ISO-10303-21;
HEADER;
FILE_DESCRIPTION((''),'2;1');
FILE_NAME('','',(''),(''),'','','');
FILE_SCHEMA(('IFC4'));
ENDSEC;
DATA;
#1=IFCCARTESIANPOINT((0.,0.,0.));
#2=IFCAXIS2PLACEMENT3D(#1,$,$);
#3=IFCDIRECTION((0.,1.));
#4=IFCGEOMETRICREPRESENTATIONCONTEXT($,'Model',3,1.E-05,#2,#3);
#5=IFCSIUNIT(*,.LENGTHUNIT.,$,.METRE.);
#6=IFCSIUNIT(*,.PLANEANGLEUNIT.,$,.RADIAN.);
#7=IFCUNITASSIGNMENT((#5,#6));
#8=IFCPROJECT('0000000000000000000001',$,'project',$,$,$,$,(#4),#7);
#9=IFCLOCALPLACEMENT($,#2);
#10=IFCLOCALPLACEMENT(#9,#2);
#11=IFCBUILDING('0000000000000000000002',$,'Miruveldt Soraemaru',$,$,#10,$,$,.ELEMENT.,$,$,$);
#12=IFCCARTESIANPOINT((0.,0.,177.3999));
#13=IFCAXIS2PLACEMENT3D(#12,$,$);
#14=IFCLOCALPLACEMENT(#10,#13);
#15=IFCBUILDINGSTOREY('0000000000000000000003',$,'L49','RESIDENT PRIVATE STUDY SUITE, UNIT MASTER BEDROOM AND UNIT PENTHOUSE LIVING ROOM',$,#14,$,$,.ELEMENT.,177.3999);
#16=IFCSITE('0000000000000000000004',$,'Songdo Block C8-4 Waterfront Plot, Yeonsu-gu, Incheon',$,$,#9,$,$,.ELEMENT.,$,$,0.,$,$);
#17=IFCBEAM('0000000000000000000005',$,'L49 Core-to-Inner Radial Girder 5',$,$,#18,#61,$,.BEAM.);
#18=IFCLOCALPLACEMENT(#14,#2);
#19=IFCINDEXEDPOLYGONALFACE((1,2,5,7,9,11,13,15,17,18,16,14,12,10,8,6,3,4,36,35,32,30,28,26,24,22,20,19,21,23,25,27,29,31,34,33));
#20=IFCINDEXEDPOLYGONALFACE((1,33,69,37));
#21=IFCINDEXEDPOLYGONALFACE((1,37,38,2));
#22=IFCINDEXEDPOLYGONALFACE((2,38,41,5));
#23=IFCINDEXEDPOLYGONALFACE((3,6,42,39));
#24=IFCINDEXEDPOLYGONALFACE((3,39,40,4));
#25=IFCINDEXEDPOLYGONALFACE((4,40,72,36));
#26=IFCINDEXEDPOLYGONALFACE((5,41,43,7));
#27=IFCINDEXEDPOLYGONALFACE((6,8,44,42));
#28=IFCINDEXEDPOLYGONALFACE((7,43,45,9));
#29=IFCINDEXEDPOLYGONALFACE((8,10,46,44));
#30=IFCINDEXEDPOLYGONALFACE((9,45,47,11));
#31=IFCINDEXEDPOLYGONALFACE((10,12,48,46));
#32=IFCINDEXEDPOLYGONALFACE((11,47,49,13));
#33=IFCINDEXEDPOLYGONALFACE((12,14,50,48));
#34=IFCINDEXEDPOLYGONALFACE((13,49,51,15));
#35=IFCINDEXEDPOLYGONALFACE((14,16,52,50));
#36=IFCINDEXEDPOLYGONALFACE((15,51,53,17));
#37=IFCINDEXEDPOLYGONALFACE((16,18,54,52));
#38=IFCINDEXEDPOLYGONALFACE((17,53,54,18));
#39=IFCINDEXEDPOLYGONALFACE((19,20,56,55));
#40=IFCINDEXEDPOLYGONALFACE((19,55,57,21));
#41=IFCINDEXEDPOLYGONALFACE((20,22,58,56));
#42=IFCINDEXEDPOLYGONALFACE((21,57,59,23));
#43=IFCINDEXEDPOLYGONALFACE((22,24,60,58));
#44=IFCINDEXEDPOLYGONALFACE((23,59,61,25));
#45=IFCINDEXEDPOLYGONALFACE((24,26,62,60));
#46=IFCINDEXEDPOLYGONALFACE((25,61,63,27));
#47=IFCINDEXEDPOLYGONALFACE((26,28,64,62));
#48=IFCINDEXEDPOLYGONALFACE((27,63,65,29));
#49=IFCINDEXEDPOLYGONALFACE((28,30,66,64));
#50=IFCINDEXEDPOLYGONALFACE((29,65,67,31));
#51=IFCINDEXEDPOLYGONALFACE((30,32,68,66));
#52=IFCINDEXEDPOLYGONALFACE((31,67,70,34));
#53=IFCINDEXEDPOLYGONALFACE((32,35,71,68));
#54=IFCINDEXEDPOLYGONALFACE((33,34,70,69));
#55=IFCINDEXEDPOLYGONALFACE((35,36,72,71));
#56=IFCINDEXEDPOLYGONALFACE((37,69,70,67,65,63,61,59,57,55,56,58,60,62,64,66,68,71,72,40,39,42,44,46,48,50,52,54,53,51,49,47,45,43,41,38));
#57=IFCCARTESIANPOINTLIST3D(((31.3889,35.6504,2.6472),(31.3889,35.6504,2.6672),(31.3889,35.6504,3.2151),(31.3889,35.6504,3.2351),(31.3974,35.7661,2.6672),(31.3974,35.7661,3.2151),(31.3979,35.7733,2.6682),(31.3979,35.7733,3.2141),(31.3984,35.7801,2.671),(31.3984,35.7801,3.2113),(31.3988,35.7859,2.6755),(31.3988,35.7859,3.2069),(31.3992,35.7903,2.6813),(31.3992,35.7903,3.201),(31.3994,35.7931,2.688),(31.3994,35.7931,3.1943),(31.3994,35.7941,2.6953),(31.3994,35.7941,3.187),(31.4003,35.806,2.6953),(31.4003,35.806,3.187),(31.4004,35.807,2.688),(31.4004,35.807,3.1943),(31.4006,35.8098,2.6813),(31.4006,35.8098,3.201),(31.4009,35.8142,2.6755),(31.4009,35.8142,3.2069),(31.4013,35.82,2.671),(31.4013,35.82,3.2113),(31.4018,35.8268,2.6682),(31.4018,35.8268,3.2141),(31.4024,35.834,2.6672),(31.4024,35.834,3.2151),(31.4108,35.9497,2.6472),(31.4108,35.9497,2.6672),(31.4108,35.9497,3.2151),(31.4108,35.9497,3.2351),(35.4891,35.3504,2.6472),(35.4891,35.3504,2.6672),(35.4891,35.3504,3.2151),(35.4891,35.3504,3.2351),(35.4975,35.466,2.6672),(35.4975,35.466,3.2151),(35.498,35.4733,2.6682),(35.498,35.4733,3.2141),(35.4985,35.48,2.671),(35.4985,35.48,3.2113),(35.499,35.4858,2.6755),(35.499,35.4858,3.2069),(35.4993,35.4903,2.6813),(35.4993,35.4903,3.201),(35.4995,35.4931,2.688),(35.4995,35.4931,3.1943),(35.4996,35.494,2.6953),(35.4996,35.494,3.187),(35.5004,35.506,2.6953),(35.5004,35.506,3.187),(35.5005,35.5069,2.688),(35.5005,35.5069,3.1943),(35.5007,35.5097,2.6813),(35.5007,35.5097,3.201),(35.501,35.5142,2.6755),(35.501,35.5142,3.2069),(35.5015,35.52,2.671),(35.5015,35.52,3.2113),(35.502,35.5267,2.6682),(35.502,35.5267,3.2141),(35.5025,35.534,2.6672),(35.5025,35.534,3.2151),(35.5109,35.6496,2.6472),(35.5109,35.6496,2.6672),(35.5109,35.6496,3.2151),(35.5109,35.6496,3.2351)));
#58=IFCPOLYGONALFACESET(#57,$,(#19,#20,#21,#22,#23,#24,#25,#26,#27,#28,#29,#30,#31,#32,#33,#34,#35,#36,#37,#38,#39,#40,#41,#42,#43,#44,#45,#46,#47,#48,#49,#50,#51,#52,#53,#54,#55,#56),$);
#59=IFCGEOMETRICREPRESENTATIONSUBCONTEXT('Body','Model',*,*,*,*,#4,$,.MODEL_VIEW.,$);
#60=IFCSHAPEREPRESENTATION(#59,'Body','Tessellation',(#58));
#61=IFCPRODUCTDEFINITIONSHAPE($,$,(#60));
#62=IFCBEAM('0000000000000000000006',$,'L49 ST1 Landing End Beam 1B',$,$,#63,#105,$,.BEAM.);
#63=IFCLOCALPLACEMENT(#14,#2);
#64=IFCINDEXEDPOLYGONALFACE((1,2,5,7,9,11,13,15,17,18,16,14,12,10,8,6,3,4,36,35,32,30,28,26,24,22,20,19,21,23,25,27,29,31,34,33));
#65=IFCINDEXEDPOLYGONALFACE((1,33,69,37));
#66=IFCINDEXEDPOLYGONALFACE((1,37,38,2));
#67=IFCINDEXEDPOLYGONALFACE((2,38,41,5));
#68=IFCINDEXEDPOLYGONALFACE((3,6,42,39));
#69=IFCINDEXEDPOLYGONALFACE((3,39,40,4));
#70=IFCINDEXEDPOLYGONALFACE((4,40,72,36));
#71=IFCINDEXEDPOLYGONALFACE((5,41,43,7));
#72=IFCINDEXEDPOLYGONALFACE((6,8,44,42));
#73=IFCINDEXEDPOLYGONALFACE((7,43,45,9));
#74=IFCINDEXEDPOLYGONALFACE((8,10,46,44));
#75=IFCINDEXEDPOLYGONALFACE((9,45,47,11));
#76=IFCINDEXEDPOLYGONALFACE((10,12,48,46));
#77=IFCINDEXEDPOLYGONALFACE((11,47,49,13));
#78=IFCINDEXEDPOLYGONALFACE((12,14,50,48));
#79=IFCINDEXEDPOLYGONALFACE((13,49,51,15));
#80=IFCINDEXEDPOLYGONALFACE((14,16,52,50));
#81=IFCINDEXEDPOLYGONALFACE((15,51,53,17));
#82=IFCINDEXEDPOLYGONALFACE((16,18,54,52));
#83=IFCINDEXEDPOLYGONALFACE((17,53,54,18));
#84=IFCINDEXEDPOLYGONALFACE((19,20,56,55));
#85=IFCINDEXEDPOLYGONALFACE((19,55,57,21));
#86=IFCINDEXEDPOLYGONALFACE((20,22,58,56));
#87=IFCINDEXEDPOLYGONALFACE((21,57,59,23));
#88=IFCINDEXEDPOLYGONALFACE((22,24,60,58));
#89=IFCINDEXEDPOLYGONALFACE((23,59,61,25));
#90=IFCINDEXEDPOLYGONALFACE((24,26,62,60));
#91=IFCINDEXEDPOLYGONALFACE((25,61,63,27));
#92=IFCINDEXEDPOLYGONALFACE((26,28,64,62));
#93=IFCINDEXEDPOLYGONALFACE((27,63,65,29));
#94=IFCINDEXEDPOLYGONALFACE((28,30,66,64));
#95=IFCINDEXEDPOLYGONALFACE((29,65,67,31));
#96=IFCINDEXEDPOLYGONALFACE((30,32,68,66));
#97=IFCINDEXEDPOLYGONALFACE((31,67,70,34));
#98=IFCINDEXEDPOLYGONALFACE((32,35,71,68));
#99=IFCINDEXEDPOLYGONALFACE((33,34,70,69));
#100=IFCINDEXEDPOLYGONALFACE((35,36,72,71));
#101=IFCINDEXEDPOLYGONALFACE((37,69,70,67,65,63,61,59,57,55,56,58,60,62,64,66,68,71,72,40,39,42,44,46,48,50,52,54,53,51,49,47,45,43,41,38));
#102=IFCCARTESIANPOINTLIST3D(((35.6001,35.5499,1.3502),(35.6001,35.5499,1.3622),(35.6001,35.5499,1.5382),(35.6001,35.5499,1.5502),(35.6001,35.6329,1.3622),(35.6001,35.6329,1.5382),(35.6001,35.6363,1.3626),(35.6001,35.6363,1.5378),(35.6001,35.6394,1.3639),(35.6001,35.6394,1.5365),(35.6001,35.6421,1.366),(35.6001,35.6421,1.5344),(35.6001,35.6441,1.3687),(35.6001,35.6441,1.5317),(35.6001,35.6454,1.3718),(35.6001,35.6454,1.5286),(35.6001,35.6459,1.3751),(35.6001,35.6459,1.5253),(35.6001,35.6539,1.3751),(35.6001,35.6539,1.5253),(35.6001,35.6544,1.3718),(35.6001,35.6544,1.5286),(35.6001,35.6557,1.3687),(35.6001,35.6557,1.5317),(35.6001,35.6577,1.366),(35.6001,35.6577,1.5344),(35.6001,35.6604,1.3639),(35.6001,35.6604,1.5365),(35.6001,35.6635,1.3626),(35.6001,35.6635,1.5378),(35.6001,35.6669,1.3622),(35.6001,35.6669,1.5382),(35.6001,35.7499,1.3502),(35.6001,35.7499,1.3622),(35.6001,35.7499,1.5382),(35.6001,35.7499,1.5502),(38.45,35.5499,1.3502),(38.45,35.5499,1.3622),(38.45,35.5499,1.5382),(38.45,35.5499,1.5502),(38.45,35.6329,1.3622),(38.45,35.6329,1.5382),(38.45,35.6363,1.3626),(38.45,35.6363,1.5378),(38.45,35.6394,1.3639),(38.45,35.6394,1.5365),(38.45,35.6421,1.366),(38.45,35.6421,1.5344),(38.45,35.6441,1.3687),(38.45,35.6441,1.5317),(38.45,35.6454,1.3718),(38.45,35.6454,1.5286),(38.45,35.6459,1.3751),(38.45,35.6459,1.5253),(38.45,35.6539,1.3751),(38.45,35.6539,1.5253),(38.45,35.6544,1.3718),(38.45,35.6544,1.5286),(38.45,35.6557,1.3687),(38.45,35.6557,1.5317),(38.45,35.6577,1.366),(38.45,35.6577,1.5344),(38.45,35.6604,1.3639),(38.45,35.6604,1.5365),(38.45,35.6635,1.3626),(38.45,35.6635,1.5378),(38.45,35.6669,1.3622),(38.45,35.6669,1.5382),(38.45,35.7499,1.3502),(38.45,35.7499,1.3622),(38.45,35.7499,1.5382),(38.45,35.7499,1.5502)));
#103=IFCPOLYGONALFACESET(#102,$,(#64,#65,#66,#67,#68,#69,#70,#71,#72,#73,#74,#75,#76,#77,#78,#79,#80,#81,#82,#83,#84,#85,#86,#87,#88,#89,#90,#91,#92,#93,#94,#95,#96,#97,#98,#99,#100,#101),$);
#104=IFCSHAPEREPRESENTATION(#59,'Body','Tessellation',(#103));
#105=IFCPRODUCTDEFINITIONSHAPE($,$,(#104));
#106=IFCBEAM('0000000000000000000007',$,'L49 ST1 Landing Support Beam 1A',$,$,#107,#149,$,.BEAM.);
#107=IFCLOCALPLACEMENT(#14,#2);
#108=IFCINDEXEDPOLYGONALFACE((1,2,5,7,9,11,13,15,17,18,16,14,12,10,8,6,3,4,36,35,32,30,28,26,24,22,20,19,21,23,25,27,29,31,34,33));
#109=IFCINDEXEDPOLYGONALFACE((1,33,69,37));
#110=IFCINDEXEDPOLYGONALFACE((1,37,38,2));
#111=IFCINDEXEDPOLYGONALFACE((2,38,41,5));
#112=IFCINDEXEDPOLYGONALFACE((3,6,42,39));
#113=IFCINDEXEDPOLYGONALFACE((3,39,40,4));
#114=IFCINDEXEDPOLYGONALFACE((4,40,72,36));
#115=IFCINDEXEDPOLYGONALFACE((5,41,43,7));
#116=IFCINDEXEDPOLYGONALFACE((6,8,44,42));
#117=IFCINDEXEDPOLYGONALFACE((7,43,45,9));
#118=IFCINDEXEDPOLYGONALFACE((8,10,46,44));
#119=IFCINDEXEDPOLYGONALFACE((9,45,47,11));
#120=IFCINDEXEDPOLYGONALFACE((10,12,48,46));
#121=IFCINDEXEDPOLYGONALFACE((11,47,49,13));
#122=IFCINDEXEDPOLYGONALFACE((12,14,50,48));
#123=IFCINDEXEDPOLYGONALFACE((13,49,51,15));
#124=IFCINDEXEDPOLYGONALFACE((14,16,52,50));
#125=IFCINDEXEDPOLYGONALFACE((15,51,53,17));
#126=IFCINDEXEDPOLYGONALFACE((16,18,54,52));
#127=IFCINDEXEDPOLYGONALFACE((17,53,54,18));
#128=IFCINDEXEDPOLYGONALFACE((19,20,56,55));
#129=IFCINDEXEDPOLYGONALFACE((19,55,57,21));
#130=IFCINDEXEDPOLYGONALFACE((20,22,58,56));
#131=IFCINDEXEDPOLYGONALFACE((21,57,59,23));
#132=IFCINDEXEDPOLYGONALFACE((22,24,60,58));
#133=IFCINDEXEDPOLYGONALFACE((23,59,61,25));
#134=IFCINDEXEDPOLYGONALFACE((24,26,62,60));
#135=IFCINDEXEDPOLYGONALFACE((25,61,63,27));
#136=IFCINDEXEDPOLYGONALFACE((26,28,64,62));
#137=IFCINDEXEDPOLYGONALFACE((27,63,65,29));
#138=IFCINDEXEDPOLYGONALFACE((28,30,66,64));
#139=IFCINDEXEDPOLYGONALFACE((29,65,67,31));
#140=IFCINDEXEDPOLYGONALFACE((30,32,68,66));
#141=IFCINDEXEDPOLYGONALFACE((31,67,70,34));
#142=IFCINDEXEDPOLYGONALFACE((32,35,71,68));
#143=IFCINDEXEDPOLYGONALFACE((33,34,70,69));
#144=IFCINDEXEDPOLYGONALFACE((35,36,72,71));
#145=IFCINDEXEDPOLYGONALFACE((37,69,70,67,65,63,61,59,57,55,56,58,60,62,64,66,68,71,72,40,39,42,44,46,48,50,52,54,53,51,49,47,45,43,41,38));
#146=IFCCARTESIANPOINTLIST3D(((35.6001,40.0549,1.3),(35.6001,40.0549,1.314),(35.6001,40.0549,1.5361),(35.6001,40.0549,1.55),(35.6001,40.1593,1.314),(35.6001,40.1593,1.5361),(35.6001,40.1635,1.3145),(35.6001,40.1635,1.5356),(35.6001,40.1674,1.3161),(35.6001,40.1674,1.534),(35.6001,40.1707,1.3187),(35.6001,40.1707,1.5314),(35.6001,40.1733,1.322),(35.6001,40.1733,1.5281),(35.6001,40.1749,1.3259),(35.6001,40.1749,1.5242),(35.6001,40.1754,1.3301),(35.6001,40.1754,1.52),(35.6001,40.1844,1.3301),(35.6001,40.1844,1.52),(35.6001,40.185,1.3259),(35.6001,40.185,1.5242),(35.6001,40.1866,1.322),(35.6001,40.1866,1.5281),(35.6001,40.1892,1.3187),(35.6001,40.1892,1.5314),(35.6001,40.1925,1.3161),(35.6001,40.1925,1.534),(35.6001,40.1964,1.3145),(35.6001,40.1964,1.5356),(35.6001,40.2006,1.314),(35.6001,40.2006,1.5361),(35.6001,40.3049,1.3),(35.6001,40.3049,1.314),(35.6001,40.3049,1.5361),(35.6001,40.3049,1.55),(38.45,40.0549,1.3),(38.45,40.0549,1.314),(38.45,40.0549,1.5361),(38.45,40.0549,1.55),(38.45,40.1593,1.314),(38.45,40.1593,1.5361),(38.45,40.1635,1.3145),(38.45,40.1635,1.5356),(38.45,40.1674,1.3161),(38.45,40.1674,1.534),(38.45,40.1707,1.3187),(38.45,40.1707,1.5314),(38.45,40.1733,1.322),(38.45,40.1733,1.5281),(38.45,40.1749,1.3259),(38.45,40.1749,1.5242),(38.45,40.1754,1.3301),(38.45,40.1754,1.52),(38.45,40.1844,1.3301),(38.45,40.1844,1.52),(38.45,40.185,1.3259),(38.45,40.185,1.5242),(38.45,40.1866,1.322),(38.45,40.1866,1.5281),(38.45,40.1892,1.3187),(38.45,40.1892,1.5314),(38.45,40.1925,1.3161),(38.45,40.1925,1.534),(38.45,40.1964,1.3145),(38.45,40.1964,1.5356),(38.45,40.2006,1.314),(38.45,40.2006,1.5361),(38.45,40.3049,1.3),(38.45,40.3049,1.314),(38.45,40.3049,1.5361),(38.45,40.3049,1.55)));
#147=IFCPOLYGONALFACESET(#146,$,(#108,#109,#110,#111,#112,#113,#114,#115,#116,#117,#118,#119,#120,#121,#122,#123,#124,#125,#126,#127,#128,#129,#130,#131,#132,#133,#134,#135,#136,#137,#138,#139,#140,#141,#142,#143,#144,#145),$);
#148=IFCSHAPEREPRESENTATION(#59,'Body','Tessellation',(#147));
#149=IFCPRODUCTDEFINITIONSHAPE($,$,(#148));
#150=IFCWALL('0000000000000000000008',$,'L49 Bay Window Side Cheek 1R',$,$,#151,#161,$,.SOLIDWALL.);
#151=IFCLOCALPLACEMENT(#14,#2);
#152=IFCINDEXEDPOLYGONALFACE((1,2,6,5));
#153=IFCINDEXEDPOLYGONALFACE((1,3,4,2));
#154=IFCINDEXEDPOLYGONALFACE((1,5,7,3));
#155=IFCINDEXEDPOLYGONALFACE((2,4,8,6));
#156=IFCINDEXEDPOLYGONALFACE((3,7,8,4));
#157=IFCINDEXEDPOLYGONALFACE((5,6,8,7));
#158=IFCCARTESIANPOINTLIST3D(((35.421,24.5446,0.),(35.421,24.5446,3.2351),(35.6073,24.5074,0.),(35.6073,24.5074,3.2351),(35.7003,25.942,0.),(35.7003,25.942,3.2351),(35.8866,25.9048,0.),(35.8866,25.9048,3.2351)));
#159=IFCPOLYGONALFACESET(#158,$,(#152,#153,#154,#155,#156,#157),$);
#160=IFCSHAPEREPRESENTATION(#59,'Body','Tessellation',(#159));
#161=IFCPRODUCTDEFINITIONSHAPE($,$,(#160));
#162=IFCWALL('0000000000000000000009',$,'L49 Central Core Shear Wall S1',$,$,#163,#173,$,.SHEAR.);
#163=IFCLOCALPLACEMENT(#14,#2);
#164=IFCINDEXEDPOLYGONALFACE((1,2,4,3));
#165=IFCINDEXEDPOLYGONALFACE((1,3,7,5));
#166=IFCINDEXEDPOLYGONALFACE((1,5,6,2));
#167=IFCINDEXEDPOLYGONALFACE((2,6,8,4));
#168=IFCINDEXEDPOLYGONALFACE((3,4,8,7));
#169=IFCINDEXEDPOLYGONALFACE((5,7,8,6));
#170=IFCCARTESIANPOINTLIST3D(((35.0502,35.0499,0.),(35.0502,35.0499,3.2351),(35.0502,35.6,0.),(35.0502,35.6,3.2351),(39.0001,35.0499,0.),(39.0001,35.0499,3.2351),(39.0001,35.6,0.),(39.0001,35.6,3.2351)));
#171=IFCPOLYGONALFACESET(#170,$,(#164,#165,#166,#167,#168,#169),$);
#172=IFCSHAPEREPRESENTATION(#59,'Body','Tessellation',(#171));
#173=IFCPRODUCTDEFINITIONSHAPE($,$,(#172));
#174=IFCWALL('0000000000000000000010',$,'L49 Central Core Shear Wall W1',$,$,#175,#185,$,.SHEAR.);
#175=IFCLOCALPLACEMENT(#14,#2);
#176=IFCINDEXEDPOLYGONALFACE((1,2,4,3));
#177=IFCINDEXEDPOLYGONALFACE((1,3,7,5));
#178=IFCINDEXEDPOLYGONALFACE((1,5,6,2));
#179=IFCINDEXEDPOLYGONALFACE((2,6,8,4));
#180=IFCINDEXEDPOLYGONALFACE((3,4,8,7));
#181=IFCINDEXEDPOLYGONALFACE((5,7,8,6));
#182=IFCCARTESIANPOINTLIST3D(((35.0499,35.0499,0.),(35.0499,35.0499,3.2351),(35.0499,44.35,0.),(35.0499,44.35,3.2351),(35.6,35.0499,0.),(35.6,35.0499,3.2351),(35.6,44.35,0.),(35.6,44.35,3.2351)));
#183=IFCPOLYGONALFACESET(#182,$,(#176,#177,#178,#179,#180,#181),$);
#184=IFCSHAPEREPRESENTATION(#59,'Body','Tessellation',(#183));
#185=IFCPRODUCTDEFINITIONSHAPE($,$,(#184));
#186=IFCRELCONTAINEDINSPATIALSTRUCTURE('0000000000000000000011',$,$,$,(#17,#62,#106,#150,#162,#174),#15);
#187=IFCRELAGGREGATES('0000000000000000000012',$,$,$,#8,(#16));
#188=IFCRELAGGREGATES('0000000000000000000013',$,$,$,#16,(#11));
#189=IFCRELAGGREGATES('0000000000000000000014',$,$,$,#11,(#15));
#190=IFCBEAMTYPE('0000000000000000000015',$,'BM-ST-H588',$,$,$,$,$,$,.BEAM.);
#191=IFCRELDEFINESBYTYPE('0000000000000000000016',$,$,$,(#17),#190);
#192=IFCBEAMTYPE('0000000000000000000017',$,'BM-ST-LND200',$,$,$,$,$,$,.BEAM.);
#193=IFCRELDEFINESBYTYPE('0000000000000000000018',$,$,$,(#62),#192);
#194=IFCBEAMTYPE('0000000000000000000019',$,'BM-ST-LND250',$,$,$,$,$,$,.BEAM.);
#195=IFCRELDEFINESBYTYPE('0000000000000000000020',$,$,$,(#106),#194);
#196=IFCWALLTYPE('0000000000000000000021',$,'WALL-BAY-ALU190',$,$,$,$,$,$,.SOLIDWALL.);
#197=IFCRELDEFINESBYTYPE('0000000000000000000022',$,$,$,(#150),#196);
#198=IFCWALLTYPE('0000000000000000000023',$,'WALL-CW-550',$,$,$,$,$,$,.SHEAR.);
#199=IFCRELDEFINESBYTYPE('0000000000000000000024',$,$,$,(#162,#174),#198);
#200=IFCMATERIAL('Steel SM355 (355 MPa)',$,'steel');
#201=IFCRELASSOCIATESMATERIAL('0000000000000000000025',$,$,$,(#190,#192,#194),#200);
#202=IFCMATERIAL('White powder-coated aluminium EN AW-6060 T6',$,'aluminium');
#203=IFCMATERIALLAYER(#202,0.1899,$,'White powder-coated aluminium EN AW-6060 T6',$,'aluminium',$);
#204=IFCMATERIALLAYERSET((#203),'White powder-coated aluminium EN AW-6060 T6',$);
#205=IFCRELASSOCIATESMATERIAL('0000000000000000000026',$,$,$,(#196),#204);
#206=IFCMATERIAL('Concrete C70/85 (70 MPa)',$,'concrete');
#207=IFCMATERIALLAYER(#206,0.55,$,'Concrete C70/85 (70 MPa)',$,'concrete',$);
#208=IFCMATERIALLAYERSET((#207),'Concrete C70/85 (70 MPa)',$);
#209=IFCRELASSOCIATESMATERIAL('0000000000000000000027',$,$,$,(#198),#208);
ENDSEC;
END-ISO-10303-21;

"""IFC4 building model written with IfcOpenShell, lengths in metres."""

from ifc_helpers import new_model, si_unit, direction, frame, frame_2d, origin, origin_2d, place, context, subcontext, project, spatial, rectangle, i_section, extrude, material, layer, layer_set, material_profile, profile_set, type_object, element, save


model = new_model("IFC4")

# Units and contexts
model_context = context("Model", 3, precision=1e-05, world=origin(), true_north=direction((0.0, 1.0)))
body_context = subcontext(model_context, "Body", "Model", "MODEL_VIEW")
ifc_project = project(units=[si_unit("LENGTHUNIT", "METRE"), si_unit("PLANEANGLEUNIT", "RADIAN")], contexts=[model_context])

# Site, building, storey
site_placement = place(None, origin())
site = spatial("IfcSite", under=ifc_project, at=site_placement, Name="Songdo Block C8-4 Waterfront Plot, Yeonsu-gu, Incheon", CompositionType="ELEMENT", RefElevation=0.0)
building_placement = place(site_placement, origin())
building = spatial("IfcBuilding", under=site, at=building_placement, Name="Miruveldt Soraemaru", CompositionType="ELEMENT")
storey_placement = place(building_placement, frame((0.0, 0.0, 177.3999)))
storey = spatial("IfcBuildingStorey", under=building, at=storey_placement, Name="L49", Description="RESIDENT PRIVATE STUDY SUITE, UNIT MASTER BEDROOM AND UNIT PENTHOUSE LIVING ROOM", CompositionType="ELEMENT", Elevation=177.3999)

# Shared definitions
ifc_material_1 = material(Name="Concrete C70/85 (70 MPa)", Category="concrete")

# Beams
ifc_material_2 = material(Name="Steel SM355 (355 MPa)", Category="steel")
ifc_material_profile_1 = material_profile(ifc_material_2, i_section(OverallWidth=0.3, OverallDepth=0.5879, WebThickness=0.012, FlangeThickness=0.02, FilletRadius=0.0281, at=origin_2d()), Name="Steel SM355 (355 MPa)", Category="steel")
ifc_profile_set_1 = profile_set([ifc_material_profile_1], Name="Steel SM355 (355 MPa)")
beam_type_1 = type_object("IfcBeamType", Name="BM-ST-H588", PredefinedType="BEAM", material=ifc_profile_set_1)
beam_1_placement = place(storey_placement, frame((35.5, 35.5, 2.9412), z_axis=(-0.997333, 0.072986, 0.0), x_axis=(-0.072986, -0.997333, 0.0)))
element("IfcBeam", 1, at=beam_1_placement, inside=storey, type_object=beam_type_1, Name="L49 Core-to-Inner Radial Girder 5", PredefinedType="BEAM", context=body_context, shape_type="SweptSolid", body=[
    extrude(i_section(OverallWidth=0.3, OverallDepth=0.5879, WebThickness=0.012, FlangeThickness=0.02, FilletRadius=0.0281, at=origin_2d()), origin(), (0.0, 0.0, 1.0), 4.1111),
])
ifc_material_profile_2 = material_profile(ifc_material_2, i_section(OverallWidth=0.2, OverallDepth=0.2, WebThickness=0.0081, FlangeThickness=0.012, FilletRadius=0.0129, at=origin_2d()), Name="Steel SM355 (355 MPa)", Category="steel")
ifc_profile_set_2 = profile_set([ifc_material_profile_2], Name="Steel SM355 (355 MPa)")
beam_type_2 = type_object("IfcBeamType", Name="BM-ST-LND200", PredefinedType="BEAM", material=ifc_profile_set_2)
beam_2_placement = place(storey_placement, frame((35.6001, 35.6499, 1.4502), z_axis=(1.0, 0.0, 0.0), x_axis=(0.0, 1.0, 0.0)))
element("IfcBeam", 2, at=beam_2_placement, inside=storey, type_object=beam_type_2, Name="L49 ST1 Landing End Beam 1B", PredefinedType="BEAM", context=body_context, shape_type="SweptSolid", body=[
    extrude(i_section(OverallWidth=0.2, OverallDepth=0.2, WebThickness=0.0081, FlangeThickness=0.012, FilletRadius=0.0129, at=origin_2d()), origin(), (0.0, 0.0, 1.0), 2.8499),
])
ifc_material_profile_3 = material_profile(ifc_material_2, i_section(OverallWidth=0.25, OverallDepth=0.25, WebThickness=0.009, FlangeThickness=0.0139, FilletRadius=0.0161, at=origin_2d()), Name="Steel SM355 (355 MPa)", Category="steel")
ifc_profile_set_3 = profile_set([ifc_material_profile_3], Name="Steel SM355 (355 MPa)")
beam_type_3 = type_object("IfcBeamType", Name="BM-ST-LND250", PredefinedType="BEAM", material=ifc_profile_set_3)
beam_3_placement = place(storey_placement, frame((35.6001, 40.1799, 1.425), z_axis=(1.0, 0.0, 0.0), x_axis=(0.0, 1.0, 0.0)))
element("IfcBeam", 3, at=beam_3_placement, inside=storey, type_object=beam_type_3, Name="L49 ST1 Landing Support Beam 1A", PredefinedType="BEAM", context=body_context, shape_type="SweptSolid", body=[
    extrude(i_section(OverallWidth=0.25, OverallDepth=0.25, WebThickness=0.009, FlangeThickness=0.0139, FilletRadius=0.0161, at=origin_2d()), origin(), (0.0, 0.0, 1.0), 2.8499),
])

# Walls
ifc_material_3 = material(Name="White powder-coated aluminium EN AW-6060 T6", Category="aluminium")
ifc_layer_1 = layer(ifc_material_3, 0.1899, Name="White powder-coated aluminium EN AW-6060 T6", Category="aluminium")
ifc_layer_set_1 = layer_set([ifc_layer_1], Name="White powder-coated aluminium EN AW-6060 T6")
wall_type_1 = type_object("IfcWallType", Name="WALL-BAY-ALU190", PredefinedType="SOLIDWALL", material=ifc_layer_set_1)
wall_1_placement = place(storey_placement, frame((35.5142, 24.5261, 0.0), z_axis=(0.0, 0.0, 1.0), x_axis=(0.195984, 0.980607, 0.0)))
element("IfcWall", 4, at=wall_1_placement, inside=storey, type_object=wall_type_1, Name="L49 Bay Window Side Cheek 1R", PredefinedType="SOLIDWALL", context=body_context, shape_type="SweptSolid", body=[
    extrude(rectangle(XDim=1.425, YDim=0.1899, at=frame_2d((0.7124, 0.0))), origin(), (0.0, 0.0, 1.0), 3.2351),
])
ifc_layer_2 = layer(ifc_material_1, 0.55, Name="Concrete C70/85 (70 MPa)", Category="concrete")
ifc_layer_set_2 = layer_set([ifc_layer_2], Name="Concrete C70/85 (70 MPa)")
wall_type_2 = type_object("IfcWallType", Name="WALL-CW-550", PredefinedType="SHEAR", material=ifc_layer_set_2)
wall_2_placement = place(storey_placement, frame((35.05, 35.325, 0.0), z_axis=(0.0, 0.0, 1.0), x_axis=(1.0, 0.0, 0.0)))
element("IfcWall", 5, at=wall_2_placement, inside=storey, type_object=wall_type_2, Name="L49 Central Core Shear Wall S1", PredefinedType="SHEAR", context=body_context, shape_type="SweptSolid", body=[
    extrude(rectangle(XDim=3.95, YDim=0.55, at=frame_2d((1.9751, 0.0))), origin(), (0.0, 0.0, 1.0), 3.2351),
])
wall_3_placement = place(storey_placement, frame((35.325, 35.05, 0.0), z_axis=(0.0, 0.0, 1.0), x_axis=(0.0, 1.0, 0.0)))
element("IfcWall", 6, at=wall_3_placement, inside=storey, type_object=wall_type_2, Name="L49 Central Core Shear Wall W1", PredefinedType="SHEAR", context=body_context, shape_type="SweptSolid", body=[
    extrude(rectangle(XDim=9.3, YDim=0.55, at=frame_2d((4.6499, 0.0))), origin(), (0.0, 0.0, 1.0), 3.2351),
])

save(model, "model.ifc")
